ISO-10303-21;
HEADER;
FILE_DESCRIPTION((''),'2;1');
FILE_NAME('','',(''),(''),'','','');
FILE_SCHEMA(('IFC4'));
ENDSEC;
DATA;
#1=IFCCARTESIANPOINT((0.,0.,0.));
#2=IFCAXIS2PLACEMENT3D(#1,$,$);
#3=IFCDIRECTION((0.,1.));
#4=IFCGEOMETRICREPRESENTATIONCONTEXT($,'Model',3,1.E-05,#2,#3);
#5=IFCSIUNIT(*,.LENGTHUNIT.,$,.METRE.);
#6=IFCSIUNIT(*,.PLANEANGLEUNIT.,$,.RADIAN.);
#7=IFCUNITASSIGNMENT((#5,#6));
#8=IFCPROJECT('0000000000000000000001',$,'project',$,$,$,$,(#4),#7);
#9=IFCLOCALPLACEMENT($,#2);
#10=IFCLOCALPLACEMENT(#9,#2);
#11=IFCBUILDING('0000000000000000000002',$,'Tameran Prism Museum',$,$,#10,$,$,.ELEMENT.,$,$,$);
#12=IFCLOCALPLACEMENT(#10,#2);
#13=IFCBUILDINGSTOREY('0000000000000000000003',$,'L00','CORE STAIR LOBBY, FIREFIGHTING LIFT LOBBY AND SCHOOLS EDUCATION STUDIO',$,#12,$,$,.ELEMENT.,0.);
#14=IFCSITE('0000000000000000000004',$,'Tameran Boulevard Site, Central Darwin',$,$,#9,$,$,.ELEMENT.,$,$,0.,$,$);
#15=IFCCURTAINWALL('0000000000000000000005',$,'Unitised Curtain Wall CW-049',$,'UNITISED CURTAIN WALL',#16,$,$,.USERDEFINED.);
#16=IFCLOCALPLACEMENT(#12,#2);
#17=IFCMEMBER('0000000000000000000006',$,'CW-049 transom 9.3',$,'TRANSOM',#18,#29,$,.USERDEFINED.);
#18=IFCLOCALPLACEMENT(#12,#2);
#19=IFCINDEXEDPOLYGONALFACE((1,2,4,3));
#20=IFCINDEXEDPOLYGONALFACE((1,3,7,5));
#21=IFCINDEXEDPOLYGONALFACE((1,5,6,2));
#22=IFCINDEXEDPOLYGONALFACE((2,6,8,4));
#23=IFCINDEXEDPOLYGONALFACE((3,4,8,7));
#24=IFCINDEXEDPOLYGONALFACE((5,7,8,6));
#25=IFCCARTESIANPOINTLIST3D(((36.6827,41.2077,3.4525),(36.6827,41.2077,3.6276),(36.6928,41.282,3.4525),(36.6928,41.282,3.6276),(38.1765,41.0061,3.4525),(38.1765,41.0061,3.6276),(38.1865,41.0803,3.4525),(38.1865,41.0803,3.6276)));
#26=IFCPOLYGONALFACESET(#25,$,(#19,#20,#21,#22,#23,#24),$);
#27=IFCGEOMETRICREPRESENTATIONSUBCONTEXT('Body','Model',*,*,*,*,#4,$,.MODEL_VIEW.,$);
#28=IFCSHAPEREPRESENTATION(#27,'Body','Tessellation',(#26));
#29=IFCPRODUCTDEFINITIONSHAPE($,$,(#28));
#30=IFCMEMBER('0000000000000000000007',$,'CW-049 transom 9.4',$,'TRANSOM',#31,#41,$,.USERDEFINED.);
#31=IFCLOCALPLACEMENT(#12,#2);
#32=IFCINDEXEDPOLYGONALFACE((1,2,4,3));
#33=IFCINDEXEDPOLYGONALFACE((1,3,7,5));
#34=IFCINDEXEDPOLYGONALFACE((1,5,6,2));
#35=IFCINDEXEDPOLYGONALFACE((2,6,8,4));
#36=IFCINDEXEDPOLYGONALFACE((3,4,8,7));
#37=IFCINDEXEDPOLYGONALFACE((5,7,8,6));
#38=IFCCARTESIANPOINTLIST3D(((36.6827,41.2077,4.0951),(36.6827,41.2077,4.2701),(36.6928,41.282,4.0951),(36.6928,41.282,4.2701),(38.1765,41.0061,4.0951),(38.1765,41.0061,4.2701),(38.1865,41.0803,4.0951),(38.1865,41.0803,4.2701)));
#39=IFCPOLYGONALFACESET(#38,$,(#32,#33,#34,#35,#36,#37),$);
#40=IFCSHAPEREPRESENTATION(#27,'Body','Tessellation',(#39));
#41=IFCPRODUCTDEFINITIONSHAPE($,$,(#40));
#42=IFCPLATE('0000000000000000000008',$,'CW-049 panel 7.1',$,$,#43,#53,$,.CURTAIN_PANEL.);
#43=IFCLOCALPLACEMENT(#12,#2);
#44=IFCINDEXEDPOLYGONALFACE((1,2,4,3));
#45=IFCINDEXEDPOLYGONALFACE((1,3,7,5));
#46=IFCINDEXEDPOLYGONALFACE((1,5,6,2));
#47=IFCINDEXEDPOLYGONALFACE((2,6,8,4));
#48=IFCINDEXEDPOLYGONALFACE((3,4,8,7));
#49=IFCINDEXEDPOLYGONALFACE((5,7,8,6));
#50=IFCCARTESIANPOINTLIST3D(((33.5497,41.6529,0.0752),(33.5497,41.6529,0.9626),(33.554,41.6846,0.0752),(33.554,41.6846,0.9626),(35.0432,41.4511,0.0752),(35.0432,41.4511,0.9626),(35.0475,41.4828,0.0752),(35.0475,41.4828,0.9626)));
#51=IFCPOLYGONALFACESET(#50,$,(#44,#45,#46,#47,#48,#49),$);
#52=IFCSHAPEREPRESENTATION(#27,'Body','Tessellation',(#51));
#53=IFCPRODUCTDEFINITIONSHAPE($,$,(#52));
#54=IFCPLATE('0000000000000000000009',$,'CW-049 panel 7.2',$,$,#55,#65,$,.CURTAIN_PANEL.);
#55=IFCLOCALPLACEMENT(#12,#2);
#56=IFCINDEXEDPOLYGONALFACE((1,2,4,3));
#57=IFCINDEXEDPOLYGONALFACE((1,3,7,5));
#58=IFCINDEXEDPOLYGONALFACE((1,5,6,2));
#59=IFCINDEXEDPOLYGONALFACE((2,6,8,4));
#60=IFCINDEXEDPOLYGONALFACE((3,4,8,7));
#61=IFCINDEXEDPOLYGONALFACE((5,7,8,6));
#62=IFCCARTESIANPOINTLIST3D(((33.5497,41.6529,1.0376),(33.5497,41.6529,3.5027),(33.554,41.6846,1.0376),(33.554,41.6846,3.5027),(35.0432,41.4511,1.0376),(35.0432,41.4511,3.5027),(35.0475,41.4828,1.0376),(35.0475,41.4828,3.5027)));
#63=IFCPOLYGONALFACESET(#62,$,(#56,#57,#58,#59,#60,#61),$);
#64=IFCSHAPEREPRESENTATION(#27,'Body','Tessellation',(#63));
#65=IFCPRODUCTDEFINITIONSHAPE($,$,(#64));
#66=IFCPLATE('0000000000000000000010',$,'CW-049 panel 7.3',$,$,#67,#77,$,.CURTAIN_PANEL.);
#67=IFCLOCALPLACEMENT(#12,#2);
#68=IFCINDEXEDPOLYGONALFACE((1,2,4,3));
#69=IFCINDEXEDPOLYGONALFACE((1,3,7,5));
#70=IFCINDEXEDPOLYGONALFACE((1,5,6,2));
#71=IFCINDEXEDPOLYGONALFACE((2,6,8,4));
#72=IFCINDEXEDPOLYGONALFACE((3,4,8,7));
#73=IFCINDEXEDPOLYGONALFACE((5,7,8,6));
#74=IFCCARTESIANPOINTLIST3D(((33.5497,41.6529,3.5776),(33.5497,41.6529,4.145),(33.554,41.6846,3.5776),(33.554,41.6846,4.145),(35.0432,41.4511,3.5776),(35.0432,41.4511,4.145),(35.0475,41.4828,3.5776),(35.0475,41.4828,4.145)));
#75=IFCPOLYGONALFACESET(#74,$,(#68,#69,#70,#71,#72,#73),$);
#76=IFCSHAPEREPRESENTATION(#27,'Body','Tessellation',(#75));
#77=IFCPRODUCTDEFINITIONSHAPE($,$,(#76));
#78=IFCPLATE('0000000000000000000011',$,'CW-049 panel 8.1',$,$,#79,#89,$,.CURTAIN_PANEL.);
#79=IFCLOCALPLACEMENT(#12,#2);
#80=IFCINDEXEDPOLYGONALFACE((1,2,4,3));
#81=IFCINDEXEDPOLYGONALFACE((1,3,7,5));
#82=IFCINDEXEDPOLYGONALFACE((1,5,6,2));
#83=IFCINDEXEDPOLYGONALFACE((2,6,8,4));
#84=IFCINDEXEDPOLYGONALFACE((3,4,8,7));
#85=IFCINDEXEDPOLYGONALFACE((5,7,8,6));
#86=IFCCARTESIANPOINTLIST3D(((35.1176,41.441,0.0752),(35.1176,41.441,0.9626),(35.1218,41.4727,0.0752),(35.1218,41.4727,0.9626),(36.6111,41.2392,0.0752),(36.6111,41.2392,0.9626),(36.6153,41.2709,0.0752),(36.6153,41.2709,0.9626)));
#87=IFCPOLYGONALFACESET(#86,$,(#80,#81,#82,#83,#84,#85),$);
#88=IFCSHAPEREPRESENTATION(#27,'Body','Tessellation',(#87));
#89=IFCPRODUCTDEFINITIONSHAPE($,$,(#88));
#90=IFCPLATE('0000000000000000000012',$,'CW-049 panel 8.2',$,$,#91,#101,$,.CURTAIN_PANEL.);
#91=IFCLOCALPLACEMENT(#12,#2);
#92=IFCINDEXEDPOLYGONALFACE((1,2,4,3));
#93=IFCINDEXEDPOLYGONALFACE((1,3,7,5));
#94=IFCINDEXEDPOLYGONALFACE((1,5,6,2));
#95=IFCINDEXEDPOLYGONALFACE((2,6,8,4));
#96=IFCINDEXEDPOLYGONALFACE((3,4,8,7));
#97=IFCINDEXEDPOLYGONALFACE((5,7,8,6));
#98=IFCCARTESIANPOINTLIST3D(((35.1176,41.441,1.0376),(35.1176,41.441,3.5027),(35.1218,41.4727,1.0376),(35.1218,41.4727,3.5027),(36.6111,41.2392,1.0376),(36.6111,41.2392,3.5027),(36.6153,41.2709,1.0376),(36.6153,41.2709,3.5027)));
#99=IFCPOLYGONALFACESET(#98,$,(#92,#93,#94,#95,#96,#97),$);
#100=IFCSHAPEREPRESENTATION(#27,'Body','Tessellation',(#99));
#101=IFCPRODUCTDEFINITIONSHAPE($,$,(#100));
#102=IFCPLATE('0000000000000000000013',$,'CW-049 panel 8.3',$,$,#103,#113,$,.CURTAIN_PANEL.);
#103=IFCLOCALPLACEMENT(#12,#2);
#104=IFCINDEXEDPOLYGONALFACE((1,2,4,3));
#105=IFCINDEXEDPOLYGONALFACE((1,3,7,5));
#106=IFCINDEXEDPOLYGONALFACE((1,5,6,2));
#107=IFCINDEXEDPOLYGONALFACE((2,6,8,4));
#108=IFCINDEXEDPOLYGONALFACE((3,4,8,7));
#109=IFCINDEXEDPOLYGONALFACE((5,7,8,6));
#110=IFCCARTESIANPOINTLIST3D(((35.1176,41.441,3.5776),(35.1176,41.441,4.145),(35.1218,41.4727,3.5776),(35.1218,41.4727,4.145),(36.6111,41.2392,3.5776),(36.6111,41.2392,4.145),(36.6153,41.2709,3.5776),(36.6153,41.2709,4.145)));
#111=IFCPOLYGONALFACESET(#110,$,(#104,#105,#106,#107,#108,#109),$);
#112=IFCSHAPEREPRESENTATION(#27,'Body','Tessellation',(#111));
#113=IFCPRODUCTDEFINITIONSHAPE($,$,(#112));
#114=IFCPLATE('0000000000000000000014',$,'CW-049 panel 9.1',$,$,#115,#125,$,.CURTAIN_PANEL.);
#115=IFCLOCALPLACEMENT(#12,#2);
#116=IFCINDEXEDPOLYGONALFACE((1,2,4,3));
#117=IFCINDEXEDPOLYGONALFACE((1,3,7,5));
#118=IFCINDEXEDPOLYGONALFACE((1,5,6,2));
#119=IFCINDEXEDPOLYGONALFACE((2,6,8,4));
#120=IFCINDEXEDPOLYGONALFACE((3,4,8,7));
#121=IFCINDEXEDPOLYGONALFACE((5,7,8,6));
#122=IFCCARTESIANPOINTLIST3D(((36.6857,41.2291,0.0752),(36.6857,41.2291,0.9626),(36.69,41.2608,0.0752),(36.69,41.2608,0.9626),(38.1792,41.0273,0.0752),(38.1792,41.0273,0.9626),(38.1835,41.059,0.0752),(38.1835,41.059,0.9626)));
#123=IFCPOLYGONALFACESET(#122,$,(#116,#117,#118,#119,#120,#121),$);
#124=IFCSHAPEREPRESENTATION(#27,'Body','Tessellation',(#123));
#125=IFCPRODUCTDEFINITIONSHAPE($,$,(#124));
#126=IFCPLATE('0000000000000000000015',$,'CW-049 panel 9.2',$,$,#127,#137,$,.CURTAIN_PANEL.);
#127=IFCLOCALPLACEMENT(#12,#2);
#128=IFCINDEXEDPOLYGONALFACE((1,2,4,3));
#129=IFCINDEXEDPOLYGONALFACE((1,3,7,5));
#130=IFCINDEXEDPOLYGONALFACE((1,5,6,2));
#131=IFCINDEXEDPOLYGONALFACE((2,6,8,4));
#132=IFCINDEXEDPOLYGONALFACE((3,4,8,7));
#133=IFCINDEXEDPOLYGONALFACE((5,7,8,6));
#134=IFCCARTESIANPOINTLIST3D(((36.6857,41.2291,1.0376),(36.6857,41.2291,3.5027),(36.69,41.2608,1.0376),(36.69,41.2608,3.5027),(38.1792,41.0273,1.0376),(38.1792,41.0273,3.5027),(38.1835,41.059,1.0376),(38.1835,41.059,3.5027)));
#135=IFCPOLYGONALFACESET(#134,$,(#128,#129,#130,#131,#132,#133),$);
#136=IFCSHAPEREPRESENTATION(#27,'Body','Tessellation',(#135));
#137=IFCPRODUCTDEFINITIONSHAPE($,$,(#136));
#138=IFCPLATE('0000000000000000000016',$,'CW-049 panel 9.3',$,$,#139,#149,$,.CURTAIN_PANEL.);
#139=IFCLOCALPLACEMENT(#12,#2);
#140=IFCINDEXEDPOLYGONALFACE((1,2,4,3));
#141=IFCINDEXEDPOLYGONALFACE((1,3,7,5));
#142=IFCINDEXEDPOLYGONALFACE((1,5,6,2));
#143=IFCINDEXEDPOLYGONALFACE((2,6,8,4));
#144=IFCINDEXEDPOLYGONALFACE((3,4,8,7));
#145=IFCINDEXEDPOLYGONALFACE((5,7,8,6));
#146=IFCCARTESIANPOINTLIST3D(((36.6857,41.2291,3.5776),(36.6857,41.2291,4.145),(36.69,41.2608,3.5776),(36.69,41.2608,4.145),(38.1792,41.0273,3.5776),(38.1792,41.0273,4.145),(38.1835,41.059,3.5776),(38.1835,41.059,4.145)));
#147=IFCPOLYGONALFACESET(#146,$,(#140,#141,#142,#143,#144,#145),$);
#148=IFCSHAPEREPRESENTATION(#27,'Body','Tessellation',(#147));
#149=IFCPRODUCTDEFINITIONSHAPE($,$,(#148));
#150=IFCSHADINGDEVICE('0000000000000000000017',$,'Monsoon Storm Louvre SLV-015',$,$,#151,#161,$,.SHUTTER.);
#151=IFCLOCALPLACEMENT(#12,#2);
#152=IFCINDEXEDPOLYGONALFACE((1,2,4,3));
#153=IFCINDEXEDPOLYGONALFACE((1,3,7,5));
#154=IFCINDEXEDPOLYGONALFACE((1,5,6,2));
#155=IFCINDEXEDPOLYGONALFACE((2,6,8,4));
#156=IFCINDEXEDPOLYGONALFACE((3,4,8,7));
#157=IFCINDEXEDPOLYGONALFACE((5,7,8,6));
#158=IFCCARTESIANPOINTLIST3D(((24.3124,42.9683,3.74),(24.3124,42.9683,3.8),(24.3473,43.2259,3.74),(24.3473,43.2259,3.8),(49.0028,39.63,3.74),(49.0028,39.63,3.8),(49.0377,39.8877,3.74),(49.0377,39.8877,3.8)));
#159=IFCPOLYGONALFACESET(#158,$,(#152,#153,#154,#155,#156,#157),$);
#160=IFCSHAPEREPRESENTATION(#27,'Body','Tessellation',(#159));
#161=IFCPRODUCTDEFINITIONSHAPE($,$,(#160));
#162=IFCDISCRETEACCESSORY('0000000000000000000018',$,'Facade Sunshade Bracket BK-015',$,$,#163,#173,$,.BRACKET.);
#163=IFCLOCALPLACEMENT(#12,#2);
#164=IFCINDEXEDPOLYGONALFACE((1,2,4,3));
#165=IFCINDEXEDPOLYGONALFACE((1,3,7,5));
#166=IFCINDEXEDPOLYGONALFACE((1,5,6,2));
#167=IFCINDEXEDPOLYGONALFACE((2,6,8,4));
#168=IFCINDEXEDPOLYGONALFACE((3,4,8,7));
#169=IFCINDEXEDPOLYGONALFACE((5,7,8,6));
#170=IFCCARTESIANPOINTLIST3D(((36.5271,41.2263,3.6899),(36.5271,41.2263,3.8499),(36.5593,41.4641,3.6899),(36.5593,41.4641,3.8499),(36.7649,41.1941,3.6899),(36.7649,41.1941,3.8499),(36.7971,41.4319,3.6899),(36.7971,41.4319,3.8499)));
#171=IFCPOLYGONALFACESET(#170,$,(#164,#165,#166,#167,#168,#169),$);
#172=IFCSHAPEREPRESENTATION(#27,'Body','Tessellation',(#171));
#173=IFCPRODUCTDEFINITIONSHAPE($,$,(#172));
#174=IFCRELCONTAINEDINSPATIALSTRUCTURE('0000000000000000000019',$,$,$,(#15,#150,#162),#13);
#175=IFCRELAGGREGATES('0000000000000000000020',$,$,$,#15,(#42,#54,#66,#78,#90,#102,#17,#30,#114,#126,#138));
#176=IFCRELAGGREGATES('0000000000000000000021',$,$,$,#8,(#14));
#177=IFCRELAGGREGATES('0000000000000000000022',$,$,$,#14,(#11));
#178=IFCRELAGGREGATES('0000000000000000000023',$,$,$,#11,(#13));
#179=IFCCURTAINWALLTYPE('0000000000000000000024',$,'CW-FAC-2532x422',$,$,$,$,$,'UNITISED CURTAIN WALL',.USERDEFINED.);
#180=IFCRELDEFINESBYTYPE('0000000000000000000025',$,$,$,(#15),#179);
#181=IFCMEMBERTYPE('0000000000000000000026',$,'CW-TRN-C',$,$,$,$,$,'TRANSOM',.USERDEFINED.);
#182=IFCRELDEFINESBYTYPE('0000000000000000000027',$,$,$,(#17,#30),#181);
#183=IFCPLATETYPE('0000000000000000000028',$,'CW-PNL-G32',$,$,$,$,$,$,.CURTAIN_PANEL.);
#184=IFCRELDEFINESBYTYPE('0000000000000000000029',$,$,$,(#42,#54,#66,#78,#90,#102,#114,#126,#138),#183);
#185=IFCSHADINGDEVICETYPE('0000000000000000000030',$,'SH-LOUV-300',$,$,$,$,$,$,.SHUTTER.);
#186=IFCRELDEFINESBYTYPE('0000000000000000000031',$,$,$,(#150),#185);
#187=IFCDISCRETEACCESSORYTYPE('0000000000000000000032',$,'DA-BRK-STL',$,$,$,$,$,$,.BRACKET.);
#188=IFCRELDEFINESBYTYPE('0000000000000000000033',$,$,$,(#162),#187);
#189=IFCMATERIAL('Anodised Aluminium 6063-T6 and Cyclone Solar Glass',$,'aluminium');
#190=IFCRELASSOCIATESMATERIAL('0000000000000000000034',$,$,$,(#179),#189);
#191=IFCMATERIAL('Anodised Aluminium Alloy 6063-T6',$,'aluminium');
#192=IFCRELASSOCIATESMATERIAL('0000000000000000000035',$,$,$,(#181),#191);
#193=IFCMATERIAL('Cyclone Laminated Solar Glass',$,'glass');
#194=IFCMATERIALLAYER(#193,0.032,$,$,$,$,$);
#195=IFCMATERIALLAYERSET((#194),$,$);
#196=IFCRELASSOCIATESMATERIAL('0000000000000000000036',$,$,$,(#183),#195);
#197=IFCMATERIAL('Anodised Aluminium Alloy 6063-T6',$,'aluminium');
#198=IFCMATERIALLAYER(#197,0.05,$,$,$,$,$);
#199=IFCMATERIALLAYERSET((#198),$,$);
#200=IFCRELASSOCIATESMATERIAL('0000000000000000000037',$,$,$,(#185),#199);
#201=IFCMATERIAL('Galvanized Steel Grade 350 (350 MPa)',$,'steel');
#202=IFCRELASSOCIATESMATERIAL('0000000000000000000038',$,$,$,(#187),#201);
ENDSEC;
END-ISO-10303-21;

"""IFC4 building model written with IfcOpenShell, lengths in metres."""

from ifc_helpers import new_model, si_unit, direction, frame, origin, origin_2d, place, context, subcontext, project, spatial, rectangle, extrude, material, layer, layer_set, material_profile, profile_set, type_object, element, aggregate, save


model = new_model("IFC4")

# Units and contexts
model_context = context("Model", 3, precision=1e-05, world=origin(), true_north=direction((0.0, 1.0)))
body_context = subcontext(model_context, "Body", "Model", "MODEL_VIEW")
ifc_project = project(units=[si_unit("LENGTHUNIT", "METRE"), si_unit("PLANEANGLEUNIT", "RADIAN")], contexts=[model_context])

# Site, building, storey
site_placement = place(None, origin())
site = spatial("IfcSite", under=ifc_project, at=site_placement, Name="Tameran Boulevard Site, Central Darwin", CompositionType="ELEMENT", RefElevation=0.0)
building_placement = place(site_placement, origin())
building = spatial("IfcBuilding", under=site, at=building_placement, Name="Tameran Prism Museum", CompositionType="ELEMENT")
storey_placement = place(building_placement, origin())
storey = spatial("IfcBuildingStorey", under=building, at=storey_placement, Name="L00", Description="CORE STAIR LOBBY, FIREFIGHTING LIFT LOBBY AND SCHOOLS EDUCATION STUDIO", CompositionType="ELEMENT", Elevation=0.0)

# Curtain wall, members, plates
ifc_material_1 = material(Name="Anodised Aluminium 6063-T6 and Cyclone Solar Glass", Category="aluminium")
curtain_wall_type = type_object("IfcCurtainWallType", Name="CW-FAC-2532x422", ElementType="UNITISED CURTAIN WALL", PredefinedType="USERDEFINED", material=ifc_material_1)
curtain_wall_placement = place(storey_placement, origin())
curtain_wall = element("IfcCurtainWall", 1, at=curtain_wall_placement, inside=storey, type_object=curtain_wall_type, Name="Unitised Curtain Wall CW-049", ObjectType="UNITISED CURTAIN WALL", PredefinedType="USERDEFINED")
ifc_material_2 = material(Name="Anodised Aluminium Alloy 6063-T6", Category="aluminium")
ifc_material_profile_1 = material_profile(ifc_material_2, rectangle(XDim=0.075, YDim=0.175, at=origin_2d()))
ifc_profile_set_1 = profile_set([ifc_material_profile_1])
member_type_1 = type_object("IfcMemberType", Name="CW-TRN-C", ElementType="TRANSOM", PredefinedType="USERDEFINED", material=ifc_profile_set_1)
member_1_placement = place(storey_placement, frame((36.6877, 41.2449, 3.54), z_axis=(0.991009, -0.133798, 0.0), x_axis=(0.133798, 0.991009, 0.0)))
member_1 = element("IfcMember", 2, at=member_1_placement, type_object=member_type_1, Name="CW-049 transom 9.3", ObjectType="TRANSOM", PredefinedType="USERDEFINED", context=body_context, shape_type="SweptSolid", body=[
    extrude(rectangle(XDim=0.075, YDim=0.175, at=origin_2d()), origin(), (0.0, 0.0, 1.0), 1.5073),
])
member_2_placement = place(storey_placement, frame((36.6877, 41.2449, 4.1826), z_axis=(0.991009, -0.133798, 0.0), x_axis=(0.133798, 0.991009, 0.0)))
member_2 = element("IfcMember", 3, at=member_2_placement, type_object=member_type_1, Name="CW-049 transom 9.4", ObjectType="TRANSOM", PredefinedType="USERDEFINED", context=body_context, shape_type="SweptSolid", body=[
    extrude(rectangle(XDim=0.075, YDim=0.175, at=origin_2d()), origin(), (0.0, 0.0, 1.0), 1.5073),
])
ifc_material_3 = material(Name="Cyclone Laminated Solar Glass", Category="glass")
ifc_layer_1 = layer(ifc_material_3, 0.032)
ifc_layer_set_1 = layer_set([ifc_layer_1])
plate_type = type_object("IfcPlateType", Name="CW-PNL-G32", PredefinedType="CURTAIN_PANEL", material=ifc_layer_set_1)
plate_1_placement = place(storey_placement, frame((34.2986, 41.5679, 0.0752), z_axis=(0.0, 0.0, 1.0), x_axis=(0.990993, -0.133913, 0.0)))
plate_1 = element("IfcPlate", 4, at=plate_1_placement, type_object=plate_type, Name="CW-049 panel 7.1", PredefinedType="CURTAIN_PANEL", context=body_context, shape_type="SweptSolid", body=[
    extrude(rectangle(XDim=1.5071, YDim=0.032, at=origin_2d()), origin(), (0.0, 0.0, 1.0), 0.8875),
])
plate_2_placement = place(storey_placement, frame((34.2986, 41.5679, 1.0376), z_axis=(0.0, 0.0, 1.0), x_axis=(0.990993, -0.133913, 0.0)))
plate_2 = element("IfcPlate", 5, at=plate_2_placement, type_object=plate_type, Name="CW-049 panel 7.2", PredefinedType="CURTAIN_PANEL", context=body_context, shape_type="SweptSolid", body=[
    extrude(rectangle(XDim=1.5071, YDim=0.032, at=origin_2d()), origin(), (0.0, 0.0, 1.0), 2.4651),
])
plate_3_placement = place(storey_placement, frame((34.2986, 41.5679, 3.5776), z_axis=(0.0, 0.0, 1.0), x_axis=(0.990993, -0.133913, 0.0)))
plate_3 = element("IfcPlate", 6, at=plate_3_placement, type_object=plate_type, Name="CW-049 panel 7.3", PredefinedType="CURTAIN_PANEL", context=body_context, shape_type="SweptSolid", body=[
    extrude(rectangle(XDim=1.5071, YDim=0.032, at=origin_2d()), origin(), (0.0, 0.0, 1.0), 0.5674),
])
plate_4_placement = place(storey_placement, frame((35.8665, 41.356, 0.0752), z_axis=(0.0, 0.0, 1.0), x_axis=(0.990993, -0.133913, 0.0)))
plate_4 = element("IfcPlate", 7, at=plate_4_placement, type_object=plate_type, Name="CW-049 panel 8.1", PredefinedType="CURTAIN_PANEL", context=body_context, shape_type="SweptSolid", body=[
    extrude(rectangle(XDim=1.5071, YDim=0.032, at=origin_2d()), origin(), (0.0, 0.0, 1.0), 0.8875),
])
plate_5_placement = place(storey_placement, frame((35.8665, 41.356, 1.0376), z_axis=(0.0, 0.0, 1.0), x_axis=(0.990993, -0.133913, 0.0)))
plate_5 = element("IfcPlate", 8, at=plate_5_placement, type_object=plate_type, Name="CW-049 panel 8.2", PredefinedType="CURTAIN_PANEL", context=body_context, shape_type="SweptSolid", body=[
    extrude(rectangle(XDim=1.5071, YDim=0.032, at=origin_2d()), origin(), (0.0, 0.0, 1.0), 2.4651),
])
plate_6_placement = place(storey_placement, frame((35.8665, 41.356, 3.5776), z_axis=(0.0, 0.0, 1.0), x_axis=(0.990993, -0.133913, 0.0)))
plate_6 = element("IfcPlate", 9, at=plate_6_placement, type_object=plate_type, Name="CW-049 panel 8.3", PredefinedType="CURTAIN_PANEL", context=body_context, shape_type="SweptSolid", body=[
    extrude(rectangle(XDim=1.5071, YDim=0.032, at=origin_2d()), origin(), (0.0, 0.0, 1.0), 0.5674),
])
plate_7_placement = place(storey_placement, frame((37.4346, 41.144, 0.0752), z_axis=(0.0, 0.0, 1.0), x_axis=(0.990993, -0.133913, 0.0)))
plate_7 = element("IfcPlate", 10, at=plate_7_placement, type_object=plate_type, Name="CW-049 panel 9.1", PredefinedType="CURTAIN_PANEL", context=body_context, shape_type="SweptSolid", body=[
    extrude(rectangle(XDim=1.5071, YDim=0.032, at=origin_2d()), origin(), (0.0, 0.0, 1.0), 0.8875),
])
plate_8_placement = place(storey_placement, frame((37.4346, 41.144, 1.0376), z_axis=(0.0, 0.0, 1.0), x_axis=(0.990993, -0.133913, 0.0)))
plate_8 = element("IfcPlate", 11, at=plate_8_placement, type_object=plate_type, Name="CW-049 panel 9.2", PredefinedType="CURTAIN_PANEL", context=body_context, shape_type="SweptSolid", body=[
    extrude(rectangle(XDim=1.5071, YDim=0.032, at=origin_2d()), origin(), (0.0, 0.0, 1.0), 2.4651),
])
plate_9_placement = place(storey_placement, frame((37.4346, 41.144, 3.5776), z_axis=(0.0, 0.0, 1.0), x_axis=(0.990993, -0.133913, 0.0)))
plate_9 = element("IfcPlate", 12, at=plate_9_placement, type_object=plate_type, Name="CW-049 panel 9.3", PredefinedType="CURTAIN_PANEL", context=body_context, shape_type="SweptSolid", body=[
    extrude(rectangle(XDim=1.5071, YDim=0.032, at=origin_2d()), origin(), (0.0, 0.0, 1.0), 0.5674),
])
aggregate(curtain_wall, [plate_1, plate_2, plate_3, plate_4, plate_5, plate_6, member_1, member_2, plate_7, plate_8, plate_9])

# Shading device
ifc_material_4 = material(Name="Anodised Aluminium Alloy 6063-T6", Category="aluminium")
ifc_layer_2 = layer(ifc_material_4, 0.05)
ifc_layer_set_2 = layer_set([ifc_layer_2])
shading_device_type = type_object("IfcShadingDeviceType", Name="SH-LOUV-300", PredefinedType="SHUTTER", material=ifc_layer_set_2)
shading_device_placement = place(storey_placement, frame((36.675, 41.428, 3.74), z_axis=(0.0, 0.0, 1.0), x_axis=(0.990983, -0.133986, 0.0)))
element("IfcShadingDevice", 13, at=shading_device_placement, inside=storey, type_object=shading_device_type, Name="Monsoon Storm Louvre SLV-015", PredefinedType="SHUTTER", context=body_context, shape_type="SweptSolid", body=[
    extrude(rectangle(XDim=24.915, YDim=0.26, at=origin_2d()), origin(), (0.0, 0.0, 1.0), 0.0601),
])

# Discrete accessory
ifc_material_5 = material(Name="Galvanized Steel Grade 350 (350 MPa)", Category="steel")
discrete_accessory_type = type_object("IfcDiscreteAccessoryType", Name="DA-BRK-STL", PredefinedType="BRACKET", material=ifc_material_5)
discrete_accessory_placement = place(storey_placement, frame((36.6621, 41.3291, 3.6899), z_axis=(0.0, 0.0, 1.0), x_axis=(0.990983, -0.133986, 0.0)))
element("IfcDiscreteAccessory", 14, at=discrete_accessory_placement, inside=storey, type_object=discrete_accessory_type, Name="Facade Sunshade Bracket BK-015", PredefinedType="BRACKET", context=body_context, shape_type="SweptSolid", body=[
    extrude(rectangle(XDim=0.24, YDim=0.24, at=origin_2d()), origin(), (0.0, 0.0, 1.0), 0.1599),
])

save(model, "model.ifc")
